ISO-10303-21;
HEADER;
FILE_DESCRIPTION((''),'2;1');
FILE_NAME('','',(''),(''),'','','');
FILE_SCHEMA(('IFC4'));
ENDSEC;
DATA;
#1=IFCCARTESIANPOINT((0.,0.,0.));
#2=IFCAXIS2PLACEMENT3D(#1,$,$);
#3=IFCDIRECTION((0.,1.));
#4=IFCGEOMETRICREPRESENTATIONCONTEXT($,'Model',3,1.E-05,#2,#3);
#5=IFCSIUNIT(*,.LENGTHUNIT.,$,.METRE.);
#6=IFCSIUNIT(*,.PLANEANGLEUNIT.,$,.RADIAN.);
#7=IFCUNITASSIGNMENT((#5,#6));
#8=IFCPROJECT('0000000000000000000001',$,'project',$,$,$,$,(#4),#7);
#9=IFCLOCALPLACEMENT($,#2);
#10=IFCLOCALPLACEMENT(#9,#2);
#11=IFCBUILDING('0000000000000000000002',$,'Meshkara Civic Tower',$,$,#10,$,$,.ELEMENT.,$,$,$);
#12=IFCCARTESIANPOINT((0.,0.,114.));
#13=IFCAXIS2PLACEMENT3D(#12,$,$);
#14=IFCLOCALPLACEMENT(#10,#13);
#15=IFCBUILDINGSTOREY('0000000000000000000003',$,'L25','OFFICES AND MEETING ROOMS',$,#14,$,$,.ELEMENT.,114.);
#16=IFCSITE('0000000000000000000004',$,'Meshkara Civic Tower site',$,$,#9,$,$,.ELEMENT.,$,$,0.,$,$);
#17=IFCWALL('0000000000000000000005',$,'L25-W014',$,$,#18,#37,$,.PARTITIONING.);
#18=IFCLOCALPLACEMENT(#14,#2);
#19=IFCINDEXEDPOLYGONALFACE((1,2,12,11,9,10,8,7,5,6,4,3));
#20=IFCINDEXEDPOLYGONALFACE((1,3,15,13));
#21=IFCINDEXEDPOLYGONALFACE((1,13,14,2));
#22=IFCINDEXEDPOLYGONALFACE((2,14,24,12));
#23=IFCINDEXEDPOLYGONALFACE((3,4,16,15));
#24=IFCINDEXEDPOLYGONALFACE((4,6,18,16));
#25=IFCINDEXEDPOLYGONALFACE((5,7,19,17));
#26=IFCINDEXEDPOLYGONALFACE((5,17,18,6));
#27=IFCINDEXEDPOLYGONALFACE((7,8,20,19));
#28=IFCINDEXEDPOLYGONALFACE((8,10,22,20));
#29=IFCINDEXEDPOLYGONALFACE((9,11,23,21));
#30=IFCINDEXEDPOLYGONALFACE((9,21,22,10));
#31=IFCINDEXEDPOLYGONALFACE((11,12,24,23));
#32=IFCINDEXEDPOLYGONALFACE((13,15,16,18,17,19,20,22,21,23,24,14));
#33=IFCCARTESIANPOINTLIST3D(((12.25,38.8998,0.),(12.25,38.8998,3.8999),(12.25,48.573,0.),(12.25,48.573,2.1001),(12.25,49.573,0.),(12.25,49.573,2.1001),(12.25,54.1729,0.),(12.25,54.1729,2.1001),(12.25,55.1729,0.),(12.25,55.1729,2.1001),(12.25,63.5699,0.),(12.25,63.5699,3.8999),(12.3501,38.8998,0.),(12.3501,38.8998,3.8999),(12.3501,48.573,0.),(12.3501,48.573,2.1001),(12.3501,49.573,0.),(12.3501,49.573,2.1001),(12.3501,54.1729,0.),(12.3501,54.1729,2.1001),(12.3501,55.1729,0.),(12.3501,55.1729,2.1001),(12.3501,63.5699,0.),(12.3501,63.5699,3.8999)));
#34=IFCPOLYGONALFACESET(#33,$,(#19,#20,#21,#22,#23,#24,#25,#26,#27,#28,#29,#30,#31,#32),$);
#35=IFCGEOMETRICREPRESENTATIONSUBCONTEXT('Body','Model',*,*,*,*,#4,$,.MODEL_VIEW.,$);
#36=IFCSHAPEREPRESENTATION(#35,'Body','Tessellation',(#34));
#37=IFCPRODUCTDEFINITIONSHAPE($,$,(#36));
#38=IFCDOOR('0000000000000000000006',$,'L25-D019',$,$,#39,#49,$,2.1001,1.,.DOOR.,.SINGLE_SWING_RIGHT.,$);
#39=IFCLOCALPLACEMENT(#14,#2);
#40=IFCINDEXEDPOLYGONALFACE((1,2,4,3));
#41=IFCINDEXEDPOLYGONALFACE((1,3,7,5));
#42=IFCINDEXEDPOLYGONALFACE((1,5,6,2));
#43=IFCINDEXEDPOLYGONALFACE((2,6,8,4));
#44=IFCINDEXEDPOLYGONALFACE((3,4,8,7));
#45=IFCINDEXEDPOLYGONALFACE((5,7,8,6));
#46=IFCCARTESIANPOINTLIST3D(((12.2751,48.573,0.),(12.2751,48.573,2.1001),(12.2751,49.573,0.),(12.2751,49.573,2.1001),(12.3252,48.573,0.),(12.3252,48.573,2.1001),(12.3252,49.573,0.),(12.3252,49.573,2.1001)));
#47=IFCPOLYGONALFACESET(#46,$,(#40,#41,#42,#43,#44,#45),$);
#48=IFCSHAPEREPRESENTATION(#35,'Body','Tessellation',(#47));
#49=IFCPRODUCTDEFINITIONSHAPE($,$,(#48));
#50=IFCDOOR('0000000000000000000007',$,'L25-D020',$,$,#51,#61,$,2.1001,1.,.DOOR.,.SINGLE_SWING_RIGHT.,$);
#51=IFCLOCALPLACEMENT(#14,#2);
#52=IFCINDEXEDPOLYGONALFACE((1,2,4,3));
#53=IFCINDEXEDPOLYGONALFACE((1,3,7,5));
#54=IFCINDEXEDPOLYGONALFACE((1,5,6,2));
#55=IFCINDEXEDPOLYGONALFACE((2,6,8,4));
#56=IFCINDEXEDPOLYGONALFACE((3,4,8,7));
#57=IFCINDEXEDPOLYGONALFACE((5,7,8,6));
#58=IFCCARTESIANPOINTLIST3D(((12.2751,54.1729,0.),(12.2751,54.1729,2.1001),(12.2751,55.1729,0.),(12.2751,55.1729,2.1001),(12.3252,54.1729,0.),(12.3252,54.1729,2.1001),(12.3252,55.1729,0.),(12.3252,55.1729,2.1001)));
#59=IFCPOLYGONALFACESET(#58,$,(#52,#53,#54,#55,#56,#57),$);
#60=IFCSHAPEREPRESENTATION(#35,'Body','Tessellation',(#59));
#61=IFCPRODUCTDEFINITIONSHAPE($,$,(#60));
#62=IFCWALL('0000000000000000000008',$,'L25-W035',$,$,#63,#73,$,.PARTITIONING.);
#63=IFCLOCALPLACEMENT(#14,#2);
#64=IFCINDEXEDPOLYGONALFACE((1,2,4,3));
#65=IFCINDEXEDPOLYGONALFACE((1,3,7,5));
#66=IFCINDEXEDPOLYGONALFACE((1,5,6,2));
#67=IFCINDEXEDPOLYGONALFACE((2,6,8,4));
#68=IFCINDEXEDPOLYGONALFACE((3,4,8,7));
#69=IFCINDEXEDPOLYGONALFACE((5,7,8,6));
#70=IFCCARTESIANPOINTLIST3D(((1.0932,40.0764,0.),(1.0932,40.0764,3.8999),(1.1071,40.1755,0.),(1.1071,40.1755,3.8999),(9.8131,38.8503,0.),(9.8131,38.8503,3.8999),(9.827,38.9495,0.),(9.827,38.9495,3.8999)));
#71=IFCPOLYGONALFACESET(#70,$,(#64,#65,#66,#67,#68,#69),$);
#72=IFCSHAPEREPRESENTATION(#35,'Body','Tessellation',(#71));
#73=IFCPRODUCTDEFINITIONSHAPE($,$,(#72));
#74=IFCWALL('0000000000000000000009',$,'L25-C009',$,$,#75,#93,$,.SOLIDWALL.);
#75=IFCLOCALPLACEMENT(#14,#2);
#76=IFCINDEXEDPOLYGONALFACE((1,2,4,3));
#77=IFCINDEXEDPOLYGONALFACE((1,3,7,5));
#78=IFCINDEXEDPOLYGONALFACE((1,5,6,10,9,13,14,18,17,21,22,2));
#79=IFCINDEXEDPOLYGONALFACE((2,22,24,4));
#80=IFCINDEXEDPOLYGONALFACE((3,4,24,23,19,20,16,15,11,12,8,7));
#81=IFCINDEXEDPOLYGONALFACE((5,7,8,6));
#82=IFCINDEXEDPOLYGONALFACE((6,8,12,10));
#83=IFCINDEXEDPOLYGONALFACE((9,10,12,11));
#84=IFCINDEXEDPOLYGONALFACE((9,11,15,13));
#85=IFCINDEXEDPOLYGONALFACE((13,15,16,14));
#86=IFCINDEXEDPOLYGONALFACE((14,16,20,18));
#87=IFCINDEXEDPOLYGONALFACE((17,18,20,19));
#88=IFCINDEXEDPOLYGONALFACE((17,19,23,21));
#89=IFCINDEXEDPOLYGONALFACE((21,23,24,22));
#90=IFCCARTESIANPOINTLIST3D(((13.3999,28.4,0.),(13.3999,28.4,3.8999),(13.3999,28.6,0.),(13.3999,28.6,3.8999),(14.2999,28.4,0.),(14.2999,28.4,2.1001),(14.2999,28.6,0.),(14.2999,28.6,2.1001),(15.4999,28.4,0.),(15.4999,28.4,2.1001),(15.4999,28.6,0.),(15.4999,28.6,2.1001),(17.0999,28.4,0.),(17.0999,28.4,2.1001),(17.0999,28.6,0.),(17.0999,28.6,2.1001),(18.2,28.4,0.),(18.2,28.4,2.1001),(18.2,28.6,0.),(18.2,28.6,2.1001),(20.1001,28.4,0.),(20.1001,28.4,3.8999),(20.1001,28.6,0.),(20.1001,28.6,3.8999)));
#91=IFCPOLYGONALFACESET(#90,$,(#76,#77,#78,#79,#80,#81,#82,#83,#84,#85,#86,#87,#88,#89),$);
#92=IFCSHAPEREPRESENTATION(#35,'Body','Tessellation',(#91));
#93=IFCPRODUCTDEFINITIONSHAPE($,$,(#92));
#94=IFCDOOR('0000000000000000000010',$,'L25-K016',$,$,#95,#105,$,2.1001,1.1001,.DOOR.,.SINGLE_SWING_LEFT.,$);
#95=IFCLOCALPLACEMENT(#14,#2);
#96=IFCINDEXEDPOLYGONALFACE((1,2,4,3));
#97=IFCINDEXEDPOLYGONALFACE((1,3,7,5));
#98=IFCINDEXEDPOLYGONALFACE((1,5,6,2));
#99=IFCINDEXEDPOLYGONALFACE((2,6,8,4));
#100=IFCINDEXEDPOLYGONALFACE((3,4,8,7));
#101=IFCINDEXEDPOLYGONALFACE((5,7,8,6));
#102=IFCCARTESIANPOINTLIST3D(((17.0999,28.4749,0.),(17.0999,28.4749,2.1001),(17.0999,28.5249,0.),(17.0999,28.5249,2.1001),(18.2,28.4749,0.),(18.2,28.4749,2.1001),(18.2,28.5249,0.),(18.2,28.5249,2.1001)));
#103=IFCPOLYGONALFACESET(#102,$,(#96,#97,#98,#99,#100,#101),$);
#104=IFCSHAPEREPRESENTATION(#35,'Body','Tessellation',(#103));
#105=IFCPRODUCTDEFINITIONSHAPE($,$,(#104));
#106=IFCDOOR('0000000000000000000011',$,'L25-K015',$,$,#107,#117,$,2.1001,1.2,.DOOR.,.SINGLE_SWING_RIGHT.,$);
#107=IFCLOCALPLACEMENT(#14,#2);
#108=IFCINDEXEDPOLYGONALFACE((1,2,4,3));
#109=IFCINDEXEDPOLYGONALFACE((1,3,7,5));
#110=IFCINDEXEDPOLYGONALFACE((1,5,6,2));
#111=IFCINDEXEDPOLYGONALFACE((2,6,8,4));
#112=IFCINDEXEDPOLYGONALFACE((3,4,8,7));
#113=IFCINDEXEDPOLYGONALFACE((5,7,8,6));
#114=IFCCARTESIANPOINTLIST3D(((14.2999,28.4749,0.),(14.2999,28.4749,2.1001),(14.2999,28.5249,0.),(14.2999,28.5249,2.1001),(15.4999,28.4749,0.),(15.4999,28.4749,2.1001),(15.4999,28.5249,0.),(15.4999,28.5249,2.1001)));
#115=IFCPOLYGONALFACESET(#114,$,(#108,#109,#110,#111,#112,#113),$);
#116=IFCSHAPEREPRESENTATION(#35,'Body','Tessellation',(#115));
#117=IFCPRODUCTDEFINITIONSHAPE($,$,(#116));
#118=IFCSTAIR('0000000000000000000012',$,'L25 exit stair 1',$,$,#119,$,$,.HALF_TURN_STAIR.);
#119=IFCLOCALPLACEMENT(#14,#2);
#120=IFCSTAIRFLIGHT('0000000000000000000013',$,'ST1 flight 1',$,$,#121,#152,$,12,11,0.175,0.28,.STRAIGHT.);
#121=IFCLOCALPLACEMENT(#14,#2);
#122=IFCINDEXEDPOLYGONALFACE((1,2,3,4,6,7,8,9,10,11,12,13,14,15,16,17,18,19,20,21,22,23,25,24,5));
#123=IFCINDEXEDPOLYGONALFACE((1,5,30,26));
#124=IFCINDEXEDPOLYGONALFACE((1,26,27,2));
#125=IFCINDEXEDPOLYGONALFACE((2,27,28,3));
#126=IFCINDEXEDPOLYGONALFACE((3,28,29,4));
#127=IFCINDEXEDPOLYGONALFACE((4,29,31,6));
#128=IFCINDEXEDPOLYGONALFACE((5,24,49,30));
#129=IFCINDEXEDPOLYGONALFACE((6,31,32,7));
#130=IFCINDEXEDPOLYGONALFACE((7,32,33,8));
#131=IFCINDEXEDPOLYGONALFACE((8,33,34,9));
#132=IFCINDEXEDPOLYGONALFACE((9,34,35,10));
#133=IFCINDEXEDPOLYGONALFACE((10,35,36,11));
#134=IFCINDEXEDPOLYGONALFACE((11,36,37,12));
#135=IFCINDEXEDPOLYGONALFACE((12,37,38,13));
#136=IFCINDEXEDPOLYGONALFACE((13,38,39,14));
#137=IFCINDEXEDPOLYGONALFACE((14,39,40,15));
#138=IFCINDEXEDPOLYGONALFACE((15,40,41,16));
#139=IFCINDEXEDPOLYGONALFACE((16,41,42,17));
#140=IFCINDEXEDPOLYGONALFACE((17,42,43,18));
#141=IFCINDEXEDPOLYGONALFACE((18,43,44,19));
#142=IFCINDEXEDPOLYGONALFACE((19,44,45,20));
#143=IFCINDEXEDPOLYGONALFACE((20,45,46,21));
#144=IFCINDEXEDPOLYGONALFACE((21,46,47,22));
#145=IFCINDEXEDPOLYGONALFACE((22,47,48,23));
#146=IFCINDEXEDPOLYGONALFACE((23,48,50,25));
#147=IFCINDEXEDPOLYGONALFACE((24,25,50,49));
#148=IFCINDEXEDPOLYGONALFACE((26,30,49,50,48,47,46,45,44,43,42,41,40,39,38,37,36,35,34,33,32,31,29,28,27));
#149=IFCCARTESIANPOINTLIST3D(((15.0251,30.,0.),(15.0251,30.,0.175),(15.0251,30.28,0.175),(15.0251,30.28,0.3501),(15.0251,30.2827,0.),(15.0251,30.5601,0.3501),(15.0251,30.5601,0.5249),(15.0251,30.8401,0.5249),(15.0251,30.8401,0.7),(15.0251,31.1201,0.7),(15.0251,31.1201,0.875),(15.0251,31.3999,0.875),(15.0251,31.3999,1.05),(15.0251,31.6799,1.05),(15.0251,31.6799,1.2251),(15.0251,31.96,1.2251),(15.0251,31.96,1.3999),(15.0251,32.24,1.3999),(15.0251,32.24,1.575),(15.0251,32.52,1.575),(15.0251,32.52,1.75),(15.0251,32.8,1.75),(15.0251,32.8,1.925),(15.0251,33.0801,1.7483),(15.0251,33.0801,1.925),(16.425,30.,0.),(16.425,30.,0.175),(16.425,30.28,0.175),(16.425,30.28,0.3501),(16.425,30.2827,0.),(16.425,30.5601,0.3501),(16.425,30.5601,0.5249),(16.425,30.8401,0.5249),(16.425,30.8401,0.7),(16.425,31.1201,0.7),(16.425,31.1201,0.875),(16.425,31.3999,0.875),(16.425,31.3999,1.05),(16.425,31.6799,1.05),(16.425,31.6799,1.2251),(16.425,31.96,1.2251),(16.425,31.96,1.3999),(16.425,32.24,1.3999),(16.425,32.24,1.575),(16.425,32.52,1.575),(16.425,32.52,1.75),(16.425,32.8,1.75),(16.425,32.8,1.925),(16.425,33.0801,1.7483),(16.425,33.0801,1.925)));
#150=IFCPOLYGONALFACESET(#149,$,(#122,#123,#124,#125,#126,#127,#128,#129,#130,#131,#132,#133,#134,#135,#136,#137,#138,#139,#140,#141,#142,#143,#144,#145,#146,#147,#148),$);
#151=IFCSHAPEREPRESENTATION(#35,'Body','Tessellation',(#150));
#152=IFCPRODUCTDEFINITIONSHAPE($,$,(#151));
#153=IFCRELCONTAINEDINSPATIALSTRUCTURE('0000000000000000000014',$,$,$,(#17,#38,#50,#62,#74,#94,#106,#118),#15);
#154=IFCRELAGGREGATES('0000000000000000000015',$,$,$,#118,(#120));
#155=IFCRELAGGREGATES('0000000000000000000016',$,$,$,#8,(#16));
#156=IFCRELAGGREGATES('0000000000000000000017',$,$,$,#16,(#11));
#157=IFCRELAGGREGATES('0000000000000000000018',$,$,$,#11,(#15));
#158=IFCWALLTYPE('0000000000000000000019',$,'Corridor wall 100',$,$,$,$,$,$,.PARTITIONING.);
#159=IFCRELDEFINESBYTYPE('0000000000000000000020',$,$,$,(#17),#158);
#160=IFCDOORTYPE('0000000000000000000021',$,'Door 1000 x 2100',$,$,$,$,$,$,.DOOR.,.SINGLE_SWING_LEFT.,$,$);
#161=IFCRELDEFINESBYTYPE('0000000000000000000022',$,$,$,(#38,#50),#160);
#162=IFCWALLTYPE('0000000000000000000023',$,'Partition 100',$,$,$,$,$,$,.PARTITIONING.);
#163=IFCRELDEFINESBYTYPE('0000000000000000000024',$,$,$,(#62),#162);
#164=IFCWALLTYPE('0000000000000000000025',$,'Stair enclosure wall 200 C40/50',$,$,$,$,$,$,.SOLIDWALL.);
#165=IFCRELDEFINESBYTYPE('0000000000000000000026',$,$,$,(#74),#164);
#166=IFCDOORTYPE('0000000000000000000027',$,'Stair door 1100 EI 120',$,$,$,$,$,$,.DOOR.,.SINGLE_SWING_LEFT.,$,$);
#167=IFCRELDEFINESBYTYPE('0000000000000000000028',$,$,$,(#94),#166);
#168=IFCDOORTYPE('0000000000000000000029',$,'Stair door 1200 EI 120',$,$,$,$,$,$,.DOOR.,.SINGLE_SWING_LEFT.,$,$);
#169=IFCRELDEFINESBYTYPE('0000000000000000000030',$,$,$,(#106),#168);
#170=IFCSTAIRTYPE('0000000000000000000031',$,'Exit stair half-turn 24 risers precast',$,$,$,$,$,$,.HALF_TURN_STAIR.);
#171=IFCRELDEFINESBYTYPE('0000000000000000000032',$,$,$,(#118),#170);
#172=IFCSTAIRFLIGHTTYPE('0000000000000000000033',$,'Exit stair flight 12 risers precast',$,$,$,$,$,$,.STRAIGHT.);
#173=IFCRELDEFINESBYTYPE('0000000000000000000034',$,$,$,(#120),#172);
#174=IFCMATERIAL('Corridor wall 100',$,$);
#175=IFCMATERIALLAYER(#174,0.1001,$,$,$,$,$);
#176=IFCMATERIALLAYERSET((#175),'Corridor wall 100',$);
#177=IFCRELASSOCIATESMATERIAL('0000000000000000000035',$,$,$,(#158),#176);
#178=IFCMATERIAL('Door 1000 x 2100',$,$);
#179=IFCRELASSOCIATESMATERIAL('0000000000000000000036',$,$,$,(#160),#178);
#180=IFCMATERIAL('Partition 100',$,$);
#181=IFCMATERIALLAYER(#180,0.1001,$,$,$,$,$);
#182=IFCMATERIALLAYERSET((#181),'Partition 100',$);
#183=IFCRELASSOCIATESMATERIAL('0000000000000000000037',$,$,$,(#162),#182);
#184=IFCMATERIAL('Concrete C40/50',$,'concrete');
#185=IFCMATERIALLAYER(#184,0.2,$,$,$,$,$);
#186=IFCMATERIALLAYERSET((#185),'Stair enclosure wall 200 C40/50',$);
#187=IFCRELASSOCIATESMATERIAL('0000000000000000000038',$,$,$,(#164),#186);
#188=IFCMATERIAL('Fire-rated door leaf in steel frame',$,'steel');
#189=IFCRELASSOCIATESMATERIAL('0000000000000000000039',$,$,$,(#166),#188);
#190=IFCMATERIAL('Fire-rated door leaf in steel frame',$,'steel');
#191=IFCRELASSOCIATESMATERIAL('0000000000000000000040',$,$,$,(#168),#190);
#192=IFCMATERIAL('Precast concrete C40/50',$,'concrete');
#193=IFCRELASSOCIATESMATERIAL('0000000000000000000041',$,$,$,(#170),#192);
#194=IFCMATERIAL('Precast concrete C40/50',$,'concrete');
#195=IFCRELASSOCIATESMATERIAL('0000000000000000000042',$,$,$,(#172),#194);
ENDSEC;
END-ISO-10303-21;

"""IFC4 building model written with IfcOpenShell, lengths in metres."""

from ifc_helpers import new_model, si_unit, direction, frame, frame_2d, origin, place, context, subcontext, project, spatial, polyline, rectangle, outline, extrude, material, layer, layer_set, type_object, element, fill, aggregate, save


model = new_model("IFC4")

# Units and contexts
model_context = context("Model", 3, precision=1e-05, world=origin(), true_north=direction((0.0, 1.0)))
body_context = subcontext(model_context, "Body", "Model", "MODEL_VIEW")
ifc_project = project(units=[si_unit("LENGTHUNIT", "METRE"), si_unit("PLANEANGLEUNIT", "RADIAN")], contexts=[model_context])

# Site, building, storey
site_placement = place(None, origin())
site = spatial("IfcSite", under=ifc_project, at=site_placement, Name="Meshkara Civic Tower site", CompositionType="ELEMENT", RefElevation=0.0)
building_placement = place(site_placement, origin())
building = spatial("IfcBuilding", under=site, at=building_placement, Name="Meshkara Civic Tower", CompositionType="ELEMENT")
storey_placement = place(building_placement, frame((0.0, 0.0, 114.0)))
storey = spatial("IfcBuildingStorey", under=building, at=storey_placement, Name="L25", Description="OFFICES AND MEETING ROOMS", CompositionType="ELEMENT", Elevation=114.0)

# Shared definitions
ifc_material_1 = material(Name="Corridor wall 100")
ifc_layer_1 = layer(ifc_material_1, 0.1001)
ifc_layer_set_1 = layer_set([ifc_layer_1], Name="Corridor wall 100")
wall_type_1 = type_object("IfcWallType", Name="Corridor wall 100", PredefinedType="PARTITIONING", material=ifc_layer_set_1)
ifc_material_2 = material(Name="Door 1000 x 2100")
door_type_1 = type_object("IfcDoorType", Name="Door 1000 x 2100", OperationType="SINGLE_SWING_LEFT", PredefinedType="DOOR", material=ifc_material_2)

# Wall, openings, doors
wall_1_placement = place(storey_placement, frame((12.3, 38.8999, 0.0), z_axis=(0.0, 0.0, 1.0), x_axis=(0.0, 1.0, 0.0)))
wall_1 = element("IfcWall", 1, at=wall_1_placement, inside=storey, type_object=wall_type_1, Name="L25-W014", PredefinedType="PARTITIONING", context=body_context, shape_type="SweptSolid", body=[
    extrude(rectangle(XDim=24.6702, YDim=0.1001, at=frame_2d((12.335, 0.0))), origin(), (0.0, 0.0, 1.0), 3.8999),
])
opening_1_placement = place(wall_1_placement, frame((9.6731, 0.0, 0.0)))
opening_1 = element("IfcOpeningElement", 2, at=opening_1_placement, cuts=wall_1, PredefinedType="OPENING", context=body_context, shape_type="SweptSolid", body=[
    extrude(rectangle(XDim=1.0, YDim=2.1001, at=frame_2d((0.5, 1.05))), frame((0.0, 0.0601, 0.0), z_axis=(0.0, -1.0, 0.0), x_axis=(1.0, 0.0, 0.0)), (0.0, 0.0, 1.0), 0.1201),
])
opening_2_placement = place(wall_1_placement, frame((15.2729, 0.0, 0.0)))
opening_2 = element("IfcOpeningElement", 3, at=opening_2_placement, cuts=wall_1, PredefinedType="OPENING", context=body_context, shape_type="SweptSolid", body=[
    extrude(rectangle(XDim=1.0, YDim=2.1001, at=frame_2d((0.5, 1.05))), frame((0.0, 0.0601, 0.0), z_axis=(0.0, -1.0, 0.0), x_axis=(1.0, 0.0, 0.0)), (0.0, 0.0, 1.0), 0.1201),
])
door_1_placement = place(opening_1_placement, origin())
door_1 = element("IfcDoor", 4, at=door_1_placement, inside=storey, type_object=door_type_1, Name="L25-D019", OperationType="SINGLE_SWING_RIGHT", OverallHeight=2.1001, OverallWidth=1.0, PredefinedType="DOOR", context=body_context, shape_type="SweptSolid", body=[
    extrude(rectangle(XDim=1.0, YDim=2.1001, at=frame_2d((0.5, 1.05))), frame((0.0, 0.0249, 0.0), z_axis=(0.0, -1.0, 0.0), x_axis=(1.0, 0.0, 0.0)), (0.0, 0.0, 1.0), 0.05),
])
fill(opening_1, door_1)
door_2_placement = place(opening_2_placement, origin())
door_2 = element("IfcDoor", 5, at=door_2_placement, inside=storey, type_object=door_type_1, Name="L25-D020", OperationType="SINGLE_SWING_RIGHT", OverallHeight=2.1001, OverallWidth=1.0, PredefinedType="DOOR", context=body_context, shape_type="SweptSolid", body=[
    extrude(rectangle(XDim=1.0, YDim=2.1001, at=frame_2d((0.5, 1.05))), frame((0.0, 0.0249, 0.0), z_axis=(0.0, -1.0, 0.0), x_axis=(1.0, 0.0, 0.0)), (0.0, 0.0, 1.0), 0.05),
])
fill(opening_2, door_2)

# Wall
ifc_material_3 = material(Name="Partition 100")
ifc_layer_2 = layer(ifc_material_3, 0.1001)
ifc_layer_set_2 = layer_set([ifc_layer_2], Name="Partition 100")
wall_type_2 = type_object("IfcWallType", Name="Partition 100", PredefinedType="PARTITIONING", material=ifc_layer_set_2)
wall_2_placement = place(storey_placement, frame((9.8201, 38.8999, 0.0), z_axis=(0.0, 0.0, 1.0), x_axis=(-0.990259, 0.139236, 0.0)))
element("IfcWall", 6, at=wall_2_placement, inside=storey, type_object=wall_type_2, Name="L25-W035", PredefinedType="PARTITIONING", context=body_context, shape_type="SweptSolid", body=[
    extrude(rectangle(XDim=8.8057, YDim=0.1001, at=frame_2d((4.4028, 0.0))), origin(), (0.0, 0.0, 1.0), 3.8999),
])

# Wall, openings, doors
ifc_material_4 = material(Name="Concrete C40/50", Category="concrete")
ifc_layer_3 = layer(ifc_material_4, 0.2)
ifc_layer_set_3 = layer_set([ifc_layer_3], Name="Stair enclosure wall 200 C40/50")
wall_type_3 = type_object("IfcWallType", Name="Stair enclosure wall 200 C40/50", PredefinedType="SOLIDWALL", material=ifc_layer_set_3)
wall_3_placement = place(storey_placement, frame((13.3999, 28.5, 0.0), z_axis=(0.0, 0.0, 1.0), x_axis=(1.0, 0.0, 0.0)))
wall_3 = element("IfcWall", 7, at=wall_3_placement, inside=storey, type_object=wall_type_3, Name="L25-C009", PredefinedType="SOLIDWALL", context=body_context, shape_type="SweptSolid", body=[
    extrude(rectangle(XDim=6.7002, YDim=0.2, at=frame_2d((3.3501, 0.0))), origin(), (0.0, 0.0, 1.0), 3.8999),
])
opening_3_placement = place(wall_3_placement, frame((0.8999, 0.0, 0.0)))
opening_3 = element("IfcOpeningElement", 8, at=opening_3_placement, cuts=wall_3, PredefinedType="OPENING", context=body_context, shape_type="SweptSolid", body=[
    extrude(rectangle(XDim=1.2, YDim=2.1001, at=frame_2d((0.6001, 1.05))), frame((0.0, 0.1099, 0.0), z_axis=(0.0, -1.0, 0.0), x_axis=(1.0, 0.0, 0.0)), (0.0, 0.0, 1.0), 0.22),
])
opening_4_placement = place(wall_3_placement, frame((3.7, 0.0, 0.0)))
opening_4 = element("IfcOpeningElement", 9, at=opening_4_placement, cuts=wall_3, PredefinedType="OPENING", context=body_context, shape_type="SweptSolid", body=[
    extrude(rectangle(XDim=1.1001, YDim=2.1001, at=frame_2d((0.55, 1.05))), frame((0.0, 0.1099, 0.0), z_axis=(0.0, -1.0, 0.0), x_axis=(1.0, 0.0, 0.0)), (0.0, 0.0, 1.0), 0.22),
])
ifc_material_5 = material(Name="Fire-rated door leaf in steel frame", Category="steel")
door_type_2 = type_object("IfcDoorType", Name="Stair door 1100 EI 120", OperationType="SINGLE_SWING_LEFT", PredefinedType="DOOR", material=ifc_material_5)
door_3_placement = place(opening_4_placement, origin())
door_3 = element("IfcDoor", 10, at=door_3_placement, inside=storey, type_object=door_type_2, Name="L25-K016", OperationType="SINGLE_SWING_LEFT", OverallHeight=2.1001, OverallWidth=1.1001, PredefinedType="DOOR", context=body_context, shape_type="SweptSolid", body=[
    extrude(rectangle(XDim=1.1001, YDim=2.1001, at=frame_2d((0.55, 1.05))), frame((0.0, 0.0249, 0.0), z_axis=(0.0, -1.0, 0.0), x_axis=(1.0, 0.0, 0.0)), (0.0, 0.0, 1.0), 0.05),
])
fill(opening_4, door_3)
ifc_material_6 = material(Name="Fire-rated door leaf in steel frame", Category="steel")
door_type_3 = type_object("IfcDoorType", Name="Stair door 1200 EI 120", OperationType="SINGLE_SWING_LEFT", PredefinedType="DOOR", material=ifc_material_6)
door_4_placement = place(opening_3_placement, origin())
door_4 = element("IfcDoor", 11, at=door_4_placement, inside=storey, type_object=door_type_3, Name="L25-K015", OperationType="SINGLE_SWING_RIGHT", OverallHeight=2.1001, OverallWidth=1.2, PredefinedType="DOOR", context=body_context, shape_type="SweptSolid", body=[
    extrude(rectangle(XDim=1.2, YDim=2.1001, at=frame_2d((0.6001, 1.05))), frame((0.0, 0.0249, 0.0), z_axis=(0.0, -1.0, 0.0), x_axis=(1.0, 0.0, 0.0)), (0.0, 0.0, 1.0), 0.05),
])
fill(opening_3, door_4)

# Stair, stair flight
ifc_material_7 = material(Name="Precast concrete C40/50", Category="concrete")
stair_type = type_object("IfcStairType", Name="Exit stair half-turn 24 risers precast", PredefinedType="HALF_TURN_STAIR", material=ifc_material_7)
stair_placement = place(storey_placement, origin())
stair = element("IfcStair", 12, at=stair_placement, inside=storey, type_object=stair_type, Name="L25 exit stair 1", PredefinedType="HALF_TURN_STAIR")
ifc_material_8 = material(Name="Precast concrete C40/50", Category="concrete")
stair_flight_type = type_object("IfcStairFlightType", Name="Exit stair flight 12 risers precast", PredefinedType="STRAIGHT", material=ifc_material_8)
stair_flight_1_placement = place(storey_placement, frame((15.7251, 30.0, 0.0), z_axis=(0.0, 0.0, 1.0), x_axis=(0.0, 1.0, 0.0)))
stair_flight_1 = element("IfcStairFlight", 13, at=stair_flight_1_placement, type_object=stair_flight_type, Name="ST1 flight 1", NumberOfRisers=12, NumberOfTreads=11, PredefinedType="STRAIGHT", RiserHeight=0.175, TreadLength=0.28, context=body_context, shape_type="SweptSolid", body=[
    extrude(outline(polyline([(0.0, 0.0), (0.0, 0.175), (0.28, 0.175), (0.28, 0.3501), (0.5601, 0.3501), (0.5601, 0.5249), (0.8401, 0.5249), (0.8401, 0.7), (1.1201, 0.7), (1.1201, 0.875), (1.3999, 0.875), (1.3999, 1.05), (1.6799, 1.05), (1.6799, 1.2251), (1.96, 1.2251), (1.96, 1.3999), (2.24, 1.3999), (2.24, 1.575), (2.52, 1.575), (2.52, 1.75), (2.8, 1.75), (2.8, 1.925), (3.0801, 1.925), (3.0801, 2.1001), (3.0801, 1.7483), (0.2827, 0.0), (0.0, 0.0)])), frame((0.0, 0.7, 0.0), z_axis=(0.0, -1.0, 0.0), x_axis=(1.0, 0.0, 0.0)), (0.0, 0.0, 1.0), 1.3999),
])
aggregate(stair, [stair_flight_1])

save(model, "model.ifc")
